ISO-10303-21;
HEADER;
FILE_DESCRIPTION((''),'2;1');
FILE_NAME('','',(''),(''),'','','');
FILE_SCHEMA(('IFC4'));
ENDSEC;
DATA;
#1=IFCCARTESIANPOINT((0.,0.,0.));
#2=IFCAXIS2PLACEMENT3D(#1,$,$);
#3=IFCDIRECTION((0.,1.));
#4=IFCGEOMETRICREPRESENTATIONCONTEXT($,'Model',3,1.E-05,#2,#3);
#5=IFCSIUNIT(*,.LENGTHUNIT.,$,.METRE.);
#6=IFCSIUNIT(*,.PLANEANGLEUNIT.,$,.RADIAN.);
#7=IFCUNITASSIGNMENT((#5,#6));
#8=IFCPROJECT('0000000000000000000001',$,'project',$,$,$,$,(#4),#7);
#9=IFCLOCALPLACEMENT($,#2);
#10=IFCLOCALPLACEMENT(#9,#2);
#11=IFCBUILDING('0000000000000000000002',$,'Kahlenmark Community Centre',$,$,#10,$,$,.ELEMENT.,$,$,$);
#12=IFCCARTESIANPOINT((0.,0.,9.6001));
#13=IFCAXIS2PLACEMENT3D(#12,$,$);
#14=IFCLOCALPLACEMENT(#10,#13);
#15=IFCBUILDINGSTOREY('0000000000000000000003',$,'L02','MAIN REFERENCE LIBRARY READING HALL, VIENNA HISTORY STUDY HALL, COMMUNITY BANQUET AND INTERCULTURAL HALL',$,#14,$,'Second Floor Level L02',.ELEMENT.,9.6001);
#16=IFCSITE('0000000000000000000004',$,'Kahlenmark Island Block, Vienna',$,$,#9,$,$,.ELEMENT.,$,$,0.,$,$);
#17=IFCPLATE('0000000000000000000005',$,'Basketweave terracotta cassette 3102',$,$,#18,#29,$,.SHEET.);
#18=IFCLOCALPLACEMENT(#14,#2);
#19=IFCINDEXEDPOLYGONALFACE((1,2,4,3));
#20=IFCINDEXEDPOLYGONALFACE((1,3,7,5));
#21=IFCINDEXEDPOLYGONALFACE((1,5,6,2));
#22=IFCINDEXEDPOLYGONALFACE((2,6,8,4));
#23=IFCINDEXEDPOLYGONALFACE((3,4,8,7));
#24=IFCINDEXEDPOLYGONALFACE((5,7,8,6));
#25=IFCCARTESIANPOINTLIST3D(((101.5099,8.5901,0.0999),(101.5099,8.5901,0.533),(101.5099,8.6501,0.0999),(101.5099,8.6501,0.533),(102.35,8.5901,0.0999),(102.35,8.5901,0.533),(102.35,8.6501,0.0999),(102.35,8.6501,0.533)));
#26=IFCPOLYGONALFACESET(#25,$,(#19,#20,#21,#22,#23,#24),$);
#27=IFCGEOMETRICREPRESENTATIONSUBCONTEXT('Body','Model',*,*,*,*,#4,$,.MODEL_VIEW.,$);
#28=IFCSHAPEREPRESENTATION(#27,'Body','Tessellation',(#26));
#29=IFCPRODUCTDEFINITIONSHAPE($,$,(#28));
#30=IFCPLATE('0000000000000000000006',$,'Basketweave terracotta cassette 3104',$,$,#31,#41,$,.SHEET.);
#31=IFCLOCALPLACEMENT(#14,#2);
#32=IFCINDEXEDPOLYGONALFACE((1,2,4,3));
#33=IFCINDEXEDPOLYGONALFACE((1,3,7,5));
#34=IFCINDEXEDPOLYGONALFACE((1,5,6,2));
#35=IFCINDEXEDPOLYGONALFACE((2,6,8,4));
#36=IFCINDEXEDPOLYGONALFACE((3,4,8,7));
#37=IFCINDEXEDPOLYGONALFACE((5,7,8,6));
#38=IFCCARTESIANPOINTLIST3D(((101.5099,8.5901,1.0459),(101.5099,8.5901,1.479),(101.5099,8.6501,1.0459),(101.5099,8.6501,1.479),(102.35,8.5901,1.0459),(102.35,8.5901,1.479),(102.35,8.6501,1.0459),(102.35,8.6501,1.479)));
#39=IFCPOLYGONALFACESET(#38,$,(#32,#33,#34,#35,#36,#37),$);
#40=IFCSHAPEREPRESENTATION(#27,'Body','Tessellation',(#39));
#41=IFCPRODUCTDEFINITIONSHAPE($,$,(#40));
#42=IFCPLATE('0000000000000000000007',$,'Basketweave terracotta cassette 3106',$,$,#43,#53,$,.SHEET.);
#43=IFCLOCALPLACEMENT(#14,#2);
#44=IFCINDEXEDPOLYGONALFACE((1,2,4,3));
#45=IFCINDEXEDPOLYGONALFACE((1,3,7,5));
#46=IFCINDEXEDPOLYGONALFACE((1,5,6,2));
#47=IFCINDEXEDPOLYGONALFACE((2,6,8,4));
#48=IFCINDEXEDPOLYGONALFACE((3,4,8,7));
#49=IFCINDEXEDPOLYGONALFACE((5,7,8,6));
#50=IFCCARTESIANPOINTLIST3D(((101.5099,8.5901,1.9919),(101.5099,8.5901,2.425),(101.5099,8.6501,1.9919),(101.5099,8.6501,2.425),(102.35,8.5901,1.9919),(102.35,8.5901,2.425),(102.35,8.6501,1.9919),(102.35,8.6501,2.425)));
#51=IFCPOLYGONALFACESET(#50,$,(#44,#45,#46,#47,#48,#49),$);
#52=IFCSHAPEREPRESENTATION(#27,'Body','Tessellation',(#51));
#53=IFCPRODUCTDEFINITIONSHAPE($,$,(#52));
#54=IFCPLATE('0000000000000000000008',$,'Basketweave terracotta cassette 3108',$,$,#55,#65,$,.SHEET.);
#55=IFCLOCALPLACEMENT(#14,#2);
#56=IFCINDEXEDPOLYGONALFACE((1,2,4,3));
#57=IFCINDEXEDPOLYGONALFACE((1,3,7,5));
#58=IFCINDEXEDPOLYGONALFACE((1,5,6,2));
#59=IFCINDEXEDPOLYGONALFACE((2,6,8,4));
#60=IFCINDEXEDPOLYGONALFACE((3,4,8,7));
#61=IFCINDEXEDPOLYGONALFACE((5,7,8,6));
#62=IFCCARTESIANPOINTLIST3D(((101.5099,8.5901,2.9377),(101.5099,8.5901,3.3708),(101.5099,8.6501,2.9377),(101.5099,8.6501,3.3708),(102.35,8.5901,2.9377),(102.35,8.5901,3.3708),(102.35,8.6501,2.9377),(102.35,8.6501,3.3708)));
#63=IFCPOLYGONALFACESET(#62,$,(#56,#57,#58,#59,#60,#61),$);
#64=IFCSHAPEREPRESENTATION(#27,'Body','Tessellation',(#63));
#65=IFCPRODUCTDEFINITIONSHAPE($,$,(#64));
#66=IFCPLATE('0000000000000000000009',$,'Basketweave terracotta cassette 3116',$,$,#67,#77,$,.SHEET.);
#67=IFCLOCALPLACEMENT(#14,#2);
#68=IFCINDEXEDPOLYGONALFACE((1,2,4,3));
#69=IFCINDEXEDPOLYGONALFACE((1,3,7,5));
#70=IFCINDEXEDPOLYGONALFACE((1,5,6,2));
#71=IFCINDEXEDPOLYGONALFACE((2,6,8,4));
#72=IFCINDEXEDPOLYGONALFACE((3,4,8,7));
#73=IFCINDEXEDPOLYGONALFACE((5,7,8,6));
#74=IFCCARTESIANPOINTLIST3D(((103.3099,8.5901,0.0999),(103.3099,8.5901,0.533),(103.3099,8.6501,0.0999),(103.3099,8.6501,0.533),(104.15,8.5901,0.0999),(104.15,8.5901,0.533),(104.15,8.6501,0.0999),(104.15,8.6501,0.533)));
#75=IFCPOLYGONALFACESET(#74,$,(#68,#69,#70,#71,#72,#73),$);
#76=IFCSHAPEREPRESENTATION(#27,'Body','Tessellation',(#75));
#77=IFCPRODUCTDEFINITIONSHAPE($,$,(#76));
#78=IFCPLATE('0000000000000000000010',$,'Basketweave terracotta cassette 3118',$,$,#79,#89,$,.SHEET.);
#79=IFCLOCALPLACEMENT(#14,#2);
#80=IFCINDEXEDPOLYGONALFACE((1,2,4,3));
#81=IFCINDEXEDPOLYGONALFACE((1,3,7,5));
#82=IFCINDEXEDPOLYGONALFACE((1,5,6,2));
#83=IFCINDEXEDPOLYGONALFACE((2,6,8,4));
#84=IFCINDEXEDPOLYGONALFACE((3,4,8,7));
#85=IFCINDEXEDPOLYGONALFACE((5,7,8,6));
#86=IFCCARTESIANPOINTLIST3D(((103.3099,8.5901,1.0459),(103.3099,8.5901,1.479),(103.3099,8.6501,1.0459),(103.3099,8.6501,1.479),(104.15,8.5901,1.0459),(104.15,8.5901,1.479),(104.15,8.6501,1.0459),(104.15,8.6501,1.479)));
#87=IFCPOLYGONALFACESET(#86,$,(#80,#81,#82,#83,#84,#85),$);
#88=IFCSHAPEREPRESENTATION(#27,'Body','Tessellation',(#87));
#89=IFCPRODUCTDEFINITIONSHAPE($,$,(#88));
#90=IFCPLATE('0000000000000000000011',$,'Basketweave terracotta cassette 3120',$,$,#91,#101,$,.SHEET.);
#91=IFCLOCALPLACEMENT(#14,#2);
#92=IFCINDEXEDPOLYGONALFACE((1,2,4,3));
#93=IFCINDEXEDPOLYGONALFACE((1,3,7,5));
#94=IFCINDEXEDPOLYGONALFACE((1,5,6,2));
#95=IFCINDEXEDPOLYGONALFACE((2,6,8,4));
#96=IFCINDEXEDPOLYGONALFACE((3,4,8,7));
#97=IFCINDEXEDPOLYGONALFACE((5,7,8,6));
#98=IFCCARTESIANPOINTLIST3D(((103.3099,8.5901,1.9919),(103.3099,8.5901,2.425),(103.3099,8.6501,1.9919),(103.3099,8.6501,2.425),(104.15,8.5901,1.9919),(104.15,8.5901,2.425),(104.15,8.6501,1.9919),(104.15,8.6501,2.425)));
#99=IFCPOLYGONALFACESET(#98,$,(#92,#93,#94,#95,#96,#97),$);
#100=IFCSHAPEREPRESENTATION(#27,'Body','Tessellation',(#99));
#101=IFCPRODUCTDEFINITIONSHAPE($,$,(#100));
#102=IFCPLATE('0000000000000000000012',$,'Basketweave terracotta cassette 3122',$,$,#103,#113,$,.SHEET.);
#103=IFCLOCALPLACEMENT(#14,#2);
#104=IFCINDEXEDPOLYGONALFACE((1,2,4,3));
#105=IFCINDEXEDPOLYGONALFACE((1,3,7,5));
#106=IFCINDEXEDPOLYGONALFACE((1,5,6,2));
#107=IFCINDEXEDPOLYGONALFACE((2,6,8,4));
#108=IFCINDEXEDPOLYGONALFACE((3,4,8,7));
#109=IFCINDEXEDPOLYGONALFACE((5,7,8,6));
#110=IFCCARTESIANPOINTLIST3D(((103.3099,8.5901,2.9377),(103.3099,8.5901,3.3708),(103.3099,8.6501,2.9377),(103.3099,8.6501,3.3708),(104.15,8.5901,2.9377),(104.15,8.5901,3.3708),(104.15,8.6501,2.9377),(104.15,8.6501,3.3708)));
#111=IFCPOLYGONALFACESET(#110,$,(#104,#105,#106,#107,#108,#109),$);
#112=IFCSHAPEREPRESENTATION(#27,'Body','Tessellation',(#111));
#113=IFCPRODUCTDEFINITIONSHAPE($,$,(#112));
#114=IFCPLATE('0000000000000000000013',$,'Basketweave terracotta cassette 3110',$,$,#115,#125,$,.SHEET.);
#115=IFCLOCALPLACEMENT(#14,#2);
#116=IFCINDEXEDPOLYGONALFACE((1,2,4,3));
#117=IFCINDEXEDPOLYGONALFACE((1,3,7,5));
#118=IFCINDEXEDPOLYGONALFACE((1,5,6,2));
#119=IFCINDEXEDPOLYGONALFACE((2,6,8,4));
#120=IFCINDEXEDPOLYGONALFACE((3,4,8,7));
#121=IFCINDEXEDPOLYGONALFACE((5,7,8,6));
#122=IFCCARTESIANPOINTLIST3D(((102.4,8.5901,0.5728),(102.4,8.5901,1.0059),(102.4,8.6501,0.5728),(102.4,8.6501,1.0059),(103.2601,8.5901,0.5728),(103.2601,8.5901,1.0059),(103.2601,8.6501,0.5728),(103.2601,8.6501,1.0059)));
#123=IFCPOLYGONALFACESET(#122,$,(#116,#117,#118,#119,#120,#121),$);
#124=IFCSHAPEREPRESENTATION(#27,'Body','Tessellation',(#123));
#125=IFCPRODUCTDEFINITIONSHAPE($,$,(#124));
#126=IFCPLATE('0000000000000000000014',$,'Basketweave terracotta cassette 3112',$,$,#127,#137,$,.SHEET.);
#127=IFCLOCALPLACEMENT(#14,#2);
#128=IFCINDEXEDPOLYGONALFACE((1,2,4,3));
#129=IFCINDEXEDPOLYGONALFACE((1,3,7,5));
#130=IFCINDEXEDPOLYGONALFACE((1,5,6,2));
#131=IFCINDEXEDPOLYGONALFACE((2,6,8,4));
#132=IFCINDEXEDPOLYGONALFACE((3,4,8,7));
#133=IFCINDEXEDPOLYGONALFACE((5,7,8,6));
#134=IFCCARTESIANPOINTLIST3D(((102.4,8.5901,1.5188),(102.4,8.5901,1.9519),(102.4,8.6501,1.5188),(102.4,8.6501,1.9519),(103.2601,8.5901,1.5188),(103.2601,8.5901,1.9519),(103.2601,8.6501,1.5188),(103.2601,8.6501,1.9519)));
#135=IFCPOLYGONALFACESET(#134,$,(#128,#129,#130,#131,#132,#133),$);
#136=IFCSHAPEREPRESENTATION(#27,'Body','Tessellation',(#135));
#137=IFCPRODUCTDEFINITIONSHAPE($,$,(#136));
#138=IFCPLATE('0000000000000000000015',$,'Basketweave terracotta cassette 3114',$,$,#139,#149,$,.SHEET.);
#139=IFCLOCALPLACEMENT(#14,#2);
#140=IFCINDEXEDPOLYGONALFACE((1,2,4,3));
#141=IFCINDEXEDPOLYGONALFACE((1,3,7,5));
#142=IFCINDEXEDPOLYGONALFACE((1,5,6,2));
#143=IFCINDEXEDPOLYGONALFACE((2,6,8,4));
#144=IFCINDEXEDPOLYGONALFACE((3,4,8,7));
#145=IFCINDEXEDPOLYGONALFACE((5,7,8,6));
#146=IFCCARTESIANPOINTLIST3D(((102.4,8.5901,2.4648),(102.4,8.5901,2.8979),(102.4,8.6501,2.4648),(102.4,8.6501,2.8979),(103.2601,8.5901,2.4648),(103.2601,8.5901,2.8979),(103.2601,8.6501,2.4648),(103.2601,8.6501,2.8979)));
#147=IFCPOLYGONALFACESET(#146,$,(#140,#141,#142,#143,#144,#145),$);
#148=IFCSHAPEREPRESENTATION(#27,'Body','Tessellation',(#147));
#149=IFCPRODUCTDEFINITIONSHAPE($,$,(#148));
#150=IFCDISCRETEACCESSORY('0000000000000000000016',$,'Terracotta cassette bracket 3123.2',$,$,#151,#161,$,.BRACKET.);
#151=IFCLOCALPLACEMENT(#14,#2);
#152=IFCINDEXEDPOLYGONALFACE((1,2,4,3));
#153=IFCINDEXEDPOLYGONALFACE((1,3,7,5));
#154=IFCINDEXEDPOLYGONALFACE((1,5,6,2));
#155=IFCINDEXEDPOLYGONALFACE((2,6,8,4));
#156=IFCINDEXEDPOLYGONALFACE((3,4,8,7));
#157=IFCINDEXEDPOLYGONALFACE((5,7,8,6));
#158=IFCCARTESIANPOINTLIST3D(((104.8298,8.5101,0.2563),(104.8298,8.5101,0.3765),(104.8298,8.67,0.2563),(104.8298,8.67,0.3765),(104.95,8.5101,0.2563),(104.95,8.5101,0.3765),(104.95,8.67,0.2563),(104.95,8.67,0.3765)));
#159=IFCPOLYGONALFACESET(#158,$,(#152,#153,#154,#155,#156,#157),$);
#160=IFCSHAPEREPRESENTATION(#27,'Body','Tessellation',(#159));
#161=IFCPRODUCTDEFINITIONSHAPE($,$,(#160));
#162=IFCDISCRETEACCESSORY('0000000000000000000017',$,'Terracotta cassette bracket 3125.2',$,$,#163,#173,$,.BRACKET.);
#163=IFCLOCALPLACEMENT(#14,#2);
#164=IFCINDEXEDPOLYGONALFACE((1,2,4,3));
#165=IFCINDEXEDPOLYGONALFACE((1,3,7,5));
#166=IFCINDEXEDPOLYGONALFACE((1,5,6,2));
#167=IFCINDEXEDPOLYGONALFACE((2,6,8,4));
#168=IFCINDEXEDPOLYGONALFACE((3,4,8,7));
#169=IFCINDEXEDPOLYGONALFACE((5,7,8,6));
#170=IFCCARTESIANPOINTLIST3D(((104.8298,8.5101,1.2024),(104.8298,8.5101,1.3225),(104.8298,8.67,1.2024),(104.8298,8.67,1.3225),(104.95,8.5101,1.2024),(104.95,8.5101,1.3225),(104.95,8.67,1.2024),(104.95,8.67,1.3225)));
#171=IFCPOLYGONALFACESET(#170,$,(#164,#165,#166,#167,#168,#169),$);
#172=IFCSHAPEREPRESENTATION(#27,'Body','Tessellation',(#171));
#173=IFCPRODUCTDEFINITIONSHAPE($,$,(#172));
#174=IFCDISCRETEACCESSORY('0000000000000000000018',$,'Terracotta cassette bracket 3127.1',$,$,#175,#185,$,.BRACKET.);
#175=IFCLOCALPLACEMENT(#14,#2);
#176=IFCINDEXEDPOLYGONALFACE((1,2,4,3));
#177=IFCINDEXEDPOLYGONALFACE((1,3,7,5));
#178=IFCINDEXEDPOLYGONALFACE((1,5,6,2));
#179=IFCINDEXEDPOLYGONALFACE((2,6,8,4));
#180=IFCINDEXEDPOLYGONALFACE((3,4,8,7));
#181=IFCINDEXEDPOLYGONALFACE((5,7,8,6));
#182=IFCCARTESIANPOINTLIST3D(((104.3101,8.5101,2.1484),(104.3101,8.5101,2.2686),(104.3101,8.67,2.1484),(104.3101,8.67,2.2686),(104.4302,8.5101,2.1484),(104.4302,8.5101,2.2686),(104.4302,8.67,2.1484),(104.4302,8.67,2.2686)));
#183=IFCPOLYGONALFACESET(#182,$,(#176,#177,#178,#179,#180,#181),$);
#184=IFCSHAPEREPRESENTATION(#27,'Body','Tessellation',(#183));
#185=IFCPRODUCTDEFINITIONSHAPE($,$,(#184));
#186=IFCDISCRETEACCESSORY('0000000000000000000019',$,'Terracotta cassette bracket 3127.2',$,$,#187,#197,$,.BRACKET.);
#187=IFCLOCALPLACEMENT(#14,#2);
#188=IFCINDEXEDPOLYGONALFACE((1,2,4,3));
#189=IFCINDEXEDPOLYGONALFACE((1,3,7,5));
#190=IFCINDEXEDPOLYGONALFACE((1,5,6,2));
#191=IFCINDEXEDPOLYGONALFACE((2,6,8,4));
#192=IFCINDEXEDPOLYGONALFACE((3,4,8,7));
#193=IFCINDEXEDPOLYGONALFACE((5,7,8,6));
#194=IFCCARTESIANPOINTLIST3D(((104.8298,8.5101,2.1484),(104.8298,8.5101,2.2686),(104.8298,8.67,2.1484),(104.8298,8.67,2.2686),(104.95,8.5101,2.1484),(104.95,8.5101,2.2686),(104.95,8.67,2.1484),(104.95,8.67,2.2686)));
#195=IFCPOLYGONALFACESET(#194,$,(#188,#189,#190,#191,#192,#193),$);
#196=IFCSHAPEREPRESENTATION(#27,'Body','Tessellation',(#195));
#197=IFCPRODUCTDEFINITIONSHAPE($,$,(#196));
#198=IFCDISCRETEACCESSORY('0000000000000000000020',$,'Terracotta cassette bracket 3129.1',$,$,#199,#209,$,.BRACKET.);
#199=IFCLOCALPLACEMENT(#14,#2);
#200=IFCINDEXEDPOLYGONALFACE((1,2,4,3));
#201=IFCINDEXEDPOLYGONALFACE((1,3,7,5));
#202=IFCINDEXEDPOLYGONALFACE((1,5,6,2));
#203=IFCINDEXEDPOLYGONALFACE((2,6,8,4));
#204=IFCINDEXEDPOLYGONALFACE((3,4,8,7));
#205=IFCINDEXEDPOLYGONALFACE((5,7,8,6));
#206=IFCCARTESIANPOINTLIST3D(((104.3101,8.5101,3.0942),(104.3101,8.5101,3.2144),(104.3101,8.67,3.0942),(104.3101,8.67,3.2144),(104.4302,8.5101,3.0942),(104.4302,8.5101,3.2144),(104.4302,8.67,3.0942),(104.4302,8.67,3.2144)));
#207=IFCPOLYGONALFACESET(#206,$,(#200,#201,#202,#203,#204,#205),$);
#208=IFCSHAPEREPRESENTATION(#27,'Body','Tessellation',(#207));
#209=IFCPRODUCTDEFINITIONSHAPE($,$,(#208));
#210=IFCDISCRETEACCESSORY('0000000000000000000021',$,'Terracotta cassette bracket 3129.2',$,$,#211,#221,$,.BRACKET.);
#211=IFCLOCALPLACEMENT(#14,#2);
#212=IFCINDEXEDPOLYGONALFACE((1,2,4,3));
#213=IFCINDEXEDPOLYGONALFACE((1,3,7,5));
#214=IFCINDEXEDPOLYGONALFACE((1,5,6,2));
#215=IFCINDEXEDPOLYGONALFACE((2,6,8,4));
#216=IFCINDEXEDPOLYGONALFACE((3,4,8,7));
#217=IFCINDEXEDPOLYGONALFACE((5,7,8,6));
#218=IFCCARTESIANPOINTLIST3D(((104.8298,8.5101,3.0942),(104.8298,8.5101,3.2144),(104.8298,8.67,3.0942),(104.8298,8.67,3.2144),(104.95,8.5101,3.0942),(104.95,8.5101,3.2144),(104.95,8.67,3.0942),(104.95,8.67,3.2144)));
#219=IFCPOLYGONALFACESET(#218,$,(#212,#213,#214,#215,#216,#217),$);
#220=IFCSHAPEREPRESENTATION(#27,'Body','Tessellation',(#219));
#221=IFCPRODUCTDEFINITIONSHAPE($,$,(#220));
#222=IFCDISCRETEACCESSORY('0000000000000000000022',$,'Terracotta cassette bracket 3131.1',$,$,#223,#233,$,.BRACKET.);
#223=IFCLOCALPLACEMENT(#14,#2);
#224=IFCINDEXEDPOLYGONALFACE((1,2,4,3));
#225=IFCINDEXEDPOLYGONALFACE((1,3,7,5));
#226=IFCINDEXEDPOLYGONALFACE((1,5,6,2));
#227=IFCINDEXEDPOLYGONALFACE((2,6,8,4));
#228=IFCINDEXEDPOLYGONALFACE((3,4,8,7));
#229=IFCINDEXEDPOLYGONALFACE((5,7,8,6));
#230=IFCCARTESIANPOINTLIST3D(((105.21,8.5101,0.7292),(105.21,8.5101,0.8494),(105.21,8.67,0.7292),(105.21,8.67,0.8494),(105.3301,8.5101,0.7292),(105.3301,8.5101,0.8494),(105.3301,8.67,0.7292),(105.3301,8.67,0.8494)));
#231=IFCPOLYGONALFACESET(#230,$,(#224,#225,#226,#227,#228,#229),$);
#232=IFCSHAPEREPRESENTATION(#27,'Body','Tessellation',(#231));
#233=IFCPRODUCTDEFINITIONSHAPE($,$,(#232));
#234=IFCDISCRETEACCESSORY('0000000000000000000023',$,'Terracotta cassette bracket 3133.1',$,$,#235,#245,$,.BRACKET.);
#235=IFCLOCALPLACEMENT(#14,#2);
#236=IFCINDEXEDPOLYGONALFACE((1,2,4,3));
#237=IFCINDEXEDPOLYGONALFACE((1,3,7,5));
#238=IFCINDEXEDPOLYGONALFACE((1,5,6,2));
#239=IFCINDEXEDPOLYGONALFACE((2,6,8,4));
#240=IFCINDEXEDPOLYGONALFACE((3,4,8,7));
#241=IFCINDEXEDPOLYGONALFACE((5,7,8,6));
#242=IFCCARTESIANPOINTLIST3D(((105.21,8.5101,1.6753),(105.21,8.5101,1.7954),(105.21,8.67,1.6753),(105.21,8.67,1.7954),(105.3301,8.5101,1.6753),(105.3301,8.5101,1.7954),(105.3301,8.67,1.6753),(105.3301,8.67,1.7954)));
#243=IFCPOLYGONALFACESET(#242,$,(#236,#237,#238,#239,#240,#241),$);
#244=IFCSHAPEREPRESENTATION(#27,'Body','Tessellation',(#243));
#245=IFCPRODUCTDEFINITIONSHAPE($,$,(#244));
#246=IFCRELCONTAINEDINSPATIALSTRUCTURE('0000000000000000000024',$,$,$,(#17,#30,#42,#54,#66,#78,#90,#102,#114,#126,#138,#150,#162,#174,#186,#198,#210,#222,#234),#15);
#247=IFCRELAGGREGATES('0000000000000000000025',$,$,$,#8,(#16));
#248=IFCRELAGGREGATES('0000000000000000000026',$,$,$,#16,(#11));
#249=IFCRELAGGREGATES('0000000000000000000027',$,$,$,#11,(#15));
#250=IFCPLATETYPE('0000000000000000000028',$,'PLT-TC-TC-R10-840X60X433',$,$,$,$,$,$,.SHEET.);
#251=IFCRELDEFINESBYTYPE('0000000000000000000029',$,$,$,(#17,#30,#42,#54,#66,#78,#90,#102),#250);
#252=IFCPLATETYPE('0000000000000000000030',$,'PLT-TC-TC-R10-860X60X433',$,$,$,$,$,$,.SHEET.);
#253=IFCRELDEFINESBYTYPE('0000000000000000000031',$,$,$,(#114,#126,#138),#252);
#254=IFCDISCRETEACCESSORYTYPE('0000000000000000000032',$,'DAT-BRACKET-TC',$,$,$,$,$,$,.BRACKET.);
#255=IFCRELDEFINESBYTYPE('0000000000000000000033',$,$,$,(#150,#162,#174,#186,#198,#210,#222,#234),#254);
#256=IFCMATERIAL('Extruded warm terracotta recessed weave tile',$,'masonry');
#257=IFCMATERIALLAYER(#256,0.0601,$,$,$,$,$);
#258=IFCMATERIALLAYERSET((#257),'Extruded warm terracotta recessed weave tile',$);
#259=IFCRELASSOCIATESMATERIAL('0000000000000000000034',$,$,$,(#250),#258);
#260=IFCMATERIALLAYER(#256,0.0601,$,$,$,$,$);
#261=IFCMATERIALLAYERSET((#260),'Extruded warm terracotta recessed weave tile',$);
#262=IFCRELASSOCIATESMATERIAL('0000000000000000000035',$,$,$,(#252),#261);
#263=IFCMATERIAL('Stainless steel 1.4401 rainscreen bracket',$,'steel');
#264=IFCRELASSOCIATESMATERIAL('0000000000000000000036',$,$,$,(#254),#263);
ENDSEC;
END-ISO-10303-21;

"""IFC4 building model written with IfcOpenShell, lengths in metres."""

from ifc_helpers import new_model, si_unit, direction, frame, origin, origin_2d, place, context, subcontext, project, spatial, rectangle, extrude, material, layer, layer_set, type_object, element, save


model = new_model("IFC4")

# Units and contexts
model_context = context("Model", 3, precision=1e-05, world=origin(), true_north=direction((0.0, 1.0)))
body_context = subcontext(model_context, "Body", "Model", "MODEL_VIEW")
ifc_project = project(units=[si_unit("LENGTHUNIT", "METRE"), si_unit("PLANEANGLEUNIT", "RADIAN")], contexts=[model_context])

# Site, building, storey
site_placement = place(None, origin())
site = spatial("IfcSite", under=ifc_project, at=site_placement, Name="Kahlenmark Island Block, Vienna", CompositionType="ELEMENT", RefElevation=0.0)
building_placement = place(site_placement, origin())
building = spatial("IfcBuilding", under=site, at=building_placement, Name="Kahlenmark Community Centre", CompositionType="ELEMENT")
storey_placement = place(building_placement, frame((0.0, 0.0, 9.6001)))
storey = spatial("IfcBuildingStorey", under=building, at=storey_placement, Name="L02", Description="MAIN REFERENCE LIBRARY READING HALL, VIENNA HISTORY STUDY HALL, COMMUNITY BANQUET AND INTERCULTURAL HALL", LongName="Second Floor Level L02", CompositionType="ELEMENT", Elevation=9.6001)

# Plates
ifc_material_1 = material(Name="Extruded warm terracotta recessed weave tile", Category="masonry")
ifc_layer_1 = layer(ifc_material_1, 0.0601)
ifc_layer_set_1 = layer_set([ifc_layer_1], Name="Extruded warm terracotta recessed weave tile")
plate_type_1 = type_object("IfcPlateType", Name="PLT-TC-TC-R10-840X60X433", PredefinedType="SHEET", material=ifc_layer_set_1)
for number, where, z_axis, x_axis, name in (
    (1, (101.9299, 8.6201, 0.0999), (0.0, 0.0, 1.0), (1.0, 0.0, 0.0), "Basketweave terracotta cassette 3102"),
    (2, (101.9299, 8.6201, 1.0459), (0.0, 0.0, 1.0), (1.0, 0.0, 0.0), "Basketweave terracotta cassette 3104"),
    (3, (101.9299, 8.6201, 1.9919), (0.0, 0.0, 1.0), (1.0, 0.0, 0.0), "Basketweave terracotta cassette 3106"),
    (4, (101.9299, 8.6201, 2.9377), (0.0, 0.0, 1.0), (1.0, 0.0, 0.0), "Basketweave terracotta cassette 3108"),
    (5, (103.73, 8.6201, 0.0999), (0.0, 0.0, 1.0), (1.0, 0.0, 0.0), "Basketweave terracotta cassette 3116"),
    (6, (103.73, 8.6201, 1.0459), (0.0, 0.0, 1.0), (1.0, 0.0, 0.0), "Basketweave terracotta cassette 3118"),
    (7, (103.73, 8.6201, 1.9919), (0.0, 0.0, 1.0), (1.0, 0.0, 0.0), "Basketweave terracotta cassette 3120"),
    (8, (103.73, 8.6201, 2.9377), (0.0, 0.0, 1.0), (1.0, 0.0, 0.0), "Basketweave terracotta cassette 3122"),
):
    element("IfcPlate", number, at=place(storey_placement, frame(where, z_axis=z_axis, x_axis=x_axis)), inside=storey, type_object=plate_type_1, Name=name, PredefinedType="SHEET", context=body_context, shape_type="SweptSolid", body=[
        extrude(rectangle(XDim=0.8401, YDim=0.0601, at=origin_2d()), origin(), (0.0, 0.0, 1.0), 0.4331),
    ])
ifc_layer_2 = layer(ifc_material_1, 0.0601)
ifc_layer_set_2 = layer_set([ifc_layer_2], Name="Extruded warm terracotta recessed weave tile")
plate_type_2 = type_object("IfcPlateType", Name="PLT-TC-TC-R10-860X60X433", PredefinedType="SHEET", material=ifc_layer_set_2)
for number, where, z_axis, x_axis, name in (
    (9, (102.8301, 8.6201, 0.5728), (0.0, 0.0, 1.0), (1.0, 0.0, 0.0), "Basketweave terracotta cassette 3110"),
    (10, (102.8301, 8.6201, 1.5188), (0.0, 0.0, 1.0), (1.0, 0.0, 0.0), "Basketweave terracotta cassette 3112"),
    (11, (102.8301, 8.6201, 2.4648), (0.0, 0.0, 1.0), (1.0, 0.0, 0.0), "Basketweave terracotta cassette 3114"),
):
    element("IfcPlate", number, at=place(storey_placement, frame(where, z_axis=z_axis, x_axis=x_axis)), inside=storey, type_object=plate_type_2, Name=name, PredefinedType="SHEET", context=body_context, shape_type="SweptSolid", body=[
        extrude(rectangle(XDim=0.8601, YDim=0.0601, at=origin_2d()), origin(), (0.0, 0.0, 1.0), 0.4331),
    ])

# Discrete accessories
ifc_material_2 = material(Name="Stainless steel 1.4401 rainscreen bracket", Category="steel")
discrete_accessory_type = type_object("IfcDiscreteAccessoryType", Name="DAT-BRACKET-TC", PredefinedType="BRACKET", material=ifc_material_2)
for number, where, z_axis, x_axis, name in (
    (12, (104.8899, 8.5901, 0.2563), (0.0, 0.0, 1.0), (1.0, 0.0, 0.0), "Terracotta cassette bracket 3123.2"),
    (13, (104.8899, 8.5901, 1.2024), (0.0, 0.0, 1.0), (1.0, 0.0, 0.0), "Terracotta cassette bracket 3125.2"),
    (14, (104.3701, 8.5901, 2.1484), (0.0, 0.0, 1.0), (1.0, 0.0, 0.0), "Terracotta cassette bracket 3127.1"),
    (15, (104.8899, 8.5901, 2.1484), (0.0, 0.0, 1.0), (1.0, 0.0, 0.0), "Terracotta cassette bracket 3127.2"),
    (16, (104.3701, 8.5901, 3.0942), (0.0, 0.0, 1.0), (1.0, 0.0, 0.0), "Terracotta cassette bracket 3129.1"),
    (17, (104.8899, 8.5901, 3.0942), (0.0, 0.0, 1.0), (1.0, 0.0, 0.0), "Terracotta cassette bracket 3129.2"),
    (18, (105.27, 8.5901, 0.7292), (0.0, 0.0, 1.0), (1.0, 0.0, 0.0), "Terracotta cassette bracket 3131.1"),
    (19, (105.27, 8.5901, 1.6753), (0.0, 0.0, 1.0), (1.0, 0.0, 0.0), "Terracotta cassette bracket 3133.1"),
):
    element("IfcDiscreteAccessory", number, at=place(storey_placement, frame(where, z_axis=z_axis, x_axis=x_axis)), inside=storey, type_object=discrete_accessory_type, Name=name, PredefinedType="BRACKET", context=body_context, shape_type="SweptSolid", body=[
        extrude(rectangle(XDim=0.1201, YDim=0.1599, at=origin_2d()), origin(), (0.0, 0.0, 1.0), 0.1201),
    ])

save(model, "model.ifc")
